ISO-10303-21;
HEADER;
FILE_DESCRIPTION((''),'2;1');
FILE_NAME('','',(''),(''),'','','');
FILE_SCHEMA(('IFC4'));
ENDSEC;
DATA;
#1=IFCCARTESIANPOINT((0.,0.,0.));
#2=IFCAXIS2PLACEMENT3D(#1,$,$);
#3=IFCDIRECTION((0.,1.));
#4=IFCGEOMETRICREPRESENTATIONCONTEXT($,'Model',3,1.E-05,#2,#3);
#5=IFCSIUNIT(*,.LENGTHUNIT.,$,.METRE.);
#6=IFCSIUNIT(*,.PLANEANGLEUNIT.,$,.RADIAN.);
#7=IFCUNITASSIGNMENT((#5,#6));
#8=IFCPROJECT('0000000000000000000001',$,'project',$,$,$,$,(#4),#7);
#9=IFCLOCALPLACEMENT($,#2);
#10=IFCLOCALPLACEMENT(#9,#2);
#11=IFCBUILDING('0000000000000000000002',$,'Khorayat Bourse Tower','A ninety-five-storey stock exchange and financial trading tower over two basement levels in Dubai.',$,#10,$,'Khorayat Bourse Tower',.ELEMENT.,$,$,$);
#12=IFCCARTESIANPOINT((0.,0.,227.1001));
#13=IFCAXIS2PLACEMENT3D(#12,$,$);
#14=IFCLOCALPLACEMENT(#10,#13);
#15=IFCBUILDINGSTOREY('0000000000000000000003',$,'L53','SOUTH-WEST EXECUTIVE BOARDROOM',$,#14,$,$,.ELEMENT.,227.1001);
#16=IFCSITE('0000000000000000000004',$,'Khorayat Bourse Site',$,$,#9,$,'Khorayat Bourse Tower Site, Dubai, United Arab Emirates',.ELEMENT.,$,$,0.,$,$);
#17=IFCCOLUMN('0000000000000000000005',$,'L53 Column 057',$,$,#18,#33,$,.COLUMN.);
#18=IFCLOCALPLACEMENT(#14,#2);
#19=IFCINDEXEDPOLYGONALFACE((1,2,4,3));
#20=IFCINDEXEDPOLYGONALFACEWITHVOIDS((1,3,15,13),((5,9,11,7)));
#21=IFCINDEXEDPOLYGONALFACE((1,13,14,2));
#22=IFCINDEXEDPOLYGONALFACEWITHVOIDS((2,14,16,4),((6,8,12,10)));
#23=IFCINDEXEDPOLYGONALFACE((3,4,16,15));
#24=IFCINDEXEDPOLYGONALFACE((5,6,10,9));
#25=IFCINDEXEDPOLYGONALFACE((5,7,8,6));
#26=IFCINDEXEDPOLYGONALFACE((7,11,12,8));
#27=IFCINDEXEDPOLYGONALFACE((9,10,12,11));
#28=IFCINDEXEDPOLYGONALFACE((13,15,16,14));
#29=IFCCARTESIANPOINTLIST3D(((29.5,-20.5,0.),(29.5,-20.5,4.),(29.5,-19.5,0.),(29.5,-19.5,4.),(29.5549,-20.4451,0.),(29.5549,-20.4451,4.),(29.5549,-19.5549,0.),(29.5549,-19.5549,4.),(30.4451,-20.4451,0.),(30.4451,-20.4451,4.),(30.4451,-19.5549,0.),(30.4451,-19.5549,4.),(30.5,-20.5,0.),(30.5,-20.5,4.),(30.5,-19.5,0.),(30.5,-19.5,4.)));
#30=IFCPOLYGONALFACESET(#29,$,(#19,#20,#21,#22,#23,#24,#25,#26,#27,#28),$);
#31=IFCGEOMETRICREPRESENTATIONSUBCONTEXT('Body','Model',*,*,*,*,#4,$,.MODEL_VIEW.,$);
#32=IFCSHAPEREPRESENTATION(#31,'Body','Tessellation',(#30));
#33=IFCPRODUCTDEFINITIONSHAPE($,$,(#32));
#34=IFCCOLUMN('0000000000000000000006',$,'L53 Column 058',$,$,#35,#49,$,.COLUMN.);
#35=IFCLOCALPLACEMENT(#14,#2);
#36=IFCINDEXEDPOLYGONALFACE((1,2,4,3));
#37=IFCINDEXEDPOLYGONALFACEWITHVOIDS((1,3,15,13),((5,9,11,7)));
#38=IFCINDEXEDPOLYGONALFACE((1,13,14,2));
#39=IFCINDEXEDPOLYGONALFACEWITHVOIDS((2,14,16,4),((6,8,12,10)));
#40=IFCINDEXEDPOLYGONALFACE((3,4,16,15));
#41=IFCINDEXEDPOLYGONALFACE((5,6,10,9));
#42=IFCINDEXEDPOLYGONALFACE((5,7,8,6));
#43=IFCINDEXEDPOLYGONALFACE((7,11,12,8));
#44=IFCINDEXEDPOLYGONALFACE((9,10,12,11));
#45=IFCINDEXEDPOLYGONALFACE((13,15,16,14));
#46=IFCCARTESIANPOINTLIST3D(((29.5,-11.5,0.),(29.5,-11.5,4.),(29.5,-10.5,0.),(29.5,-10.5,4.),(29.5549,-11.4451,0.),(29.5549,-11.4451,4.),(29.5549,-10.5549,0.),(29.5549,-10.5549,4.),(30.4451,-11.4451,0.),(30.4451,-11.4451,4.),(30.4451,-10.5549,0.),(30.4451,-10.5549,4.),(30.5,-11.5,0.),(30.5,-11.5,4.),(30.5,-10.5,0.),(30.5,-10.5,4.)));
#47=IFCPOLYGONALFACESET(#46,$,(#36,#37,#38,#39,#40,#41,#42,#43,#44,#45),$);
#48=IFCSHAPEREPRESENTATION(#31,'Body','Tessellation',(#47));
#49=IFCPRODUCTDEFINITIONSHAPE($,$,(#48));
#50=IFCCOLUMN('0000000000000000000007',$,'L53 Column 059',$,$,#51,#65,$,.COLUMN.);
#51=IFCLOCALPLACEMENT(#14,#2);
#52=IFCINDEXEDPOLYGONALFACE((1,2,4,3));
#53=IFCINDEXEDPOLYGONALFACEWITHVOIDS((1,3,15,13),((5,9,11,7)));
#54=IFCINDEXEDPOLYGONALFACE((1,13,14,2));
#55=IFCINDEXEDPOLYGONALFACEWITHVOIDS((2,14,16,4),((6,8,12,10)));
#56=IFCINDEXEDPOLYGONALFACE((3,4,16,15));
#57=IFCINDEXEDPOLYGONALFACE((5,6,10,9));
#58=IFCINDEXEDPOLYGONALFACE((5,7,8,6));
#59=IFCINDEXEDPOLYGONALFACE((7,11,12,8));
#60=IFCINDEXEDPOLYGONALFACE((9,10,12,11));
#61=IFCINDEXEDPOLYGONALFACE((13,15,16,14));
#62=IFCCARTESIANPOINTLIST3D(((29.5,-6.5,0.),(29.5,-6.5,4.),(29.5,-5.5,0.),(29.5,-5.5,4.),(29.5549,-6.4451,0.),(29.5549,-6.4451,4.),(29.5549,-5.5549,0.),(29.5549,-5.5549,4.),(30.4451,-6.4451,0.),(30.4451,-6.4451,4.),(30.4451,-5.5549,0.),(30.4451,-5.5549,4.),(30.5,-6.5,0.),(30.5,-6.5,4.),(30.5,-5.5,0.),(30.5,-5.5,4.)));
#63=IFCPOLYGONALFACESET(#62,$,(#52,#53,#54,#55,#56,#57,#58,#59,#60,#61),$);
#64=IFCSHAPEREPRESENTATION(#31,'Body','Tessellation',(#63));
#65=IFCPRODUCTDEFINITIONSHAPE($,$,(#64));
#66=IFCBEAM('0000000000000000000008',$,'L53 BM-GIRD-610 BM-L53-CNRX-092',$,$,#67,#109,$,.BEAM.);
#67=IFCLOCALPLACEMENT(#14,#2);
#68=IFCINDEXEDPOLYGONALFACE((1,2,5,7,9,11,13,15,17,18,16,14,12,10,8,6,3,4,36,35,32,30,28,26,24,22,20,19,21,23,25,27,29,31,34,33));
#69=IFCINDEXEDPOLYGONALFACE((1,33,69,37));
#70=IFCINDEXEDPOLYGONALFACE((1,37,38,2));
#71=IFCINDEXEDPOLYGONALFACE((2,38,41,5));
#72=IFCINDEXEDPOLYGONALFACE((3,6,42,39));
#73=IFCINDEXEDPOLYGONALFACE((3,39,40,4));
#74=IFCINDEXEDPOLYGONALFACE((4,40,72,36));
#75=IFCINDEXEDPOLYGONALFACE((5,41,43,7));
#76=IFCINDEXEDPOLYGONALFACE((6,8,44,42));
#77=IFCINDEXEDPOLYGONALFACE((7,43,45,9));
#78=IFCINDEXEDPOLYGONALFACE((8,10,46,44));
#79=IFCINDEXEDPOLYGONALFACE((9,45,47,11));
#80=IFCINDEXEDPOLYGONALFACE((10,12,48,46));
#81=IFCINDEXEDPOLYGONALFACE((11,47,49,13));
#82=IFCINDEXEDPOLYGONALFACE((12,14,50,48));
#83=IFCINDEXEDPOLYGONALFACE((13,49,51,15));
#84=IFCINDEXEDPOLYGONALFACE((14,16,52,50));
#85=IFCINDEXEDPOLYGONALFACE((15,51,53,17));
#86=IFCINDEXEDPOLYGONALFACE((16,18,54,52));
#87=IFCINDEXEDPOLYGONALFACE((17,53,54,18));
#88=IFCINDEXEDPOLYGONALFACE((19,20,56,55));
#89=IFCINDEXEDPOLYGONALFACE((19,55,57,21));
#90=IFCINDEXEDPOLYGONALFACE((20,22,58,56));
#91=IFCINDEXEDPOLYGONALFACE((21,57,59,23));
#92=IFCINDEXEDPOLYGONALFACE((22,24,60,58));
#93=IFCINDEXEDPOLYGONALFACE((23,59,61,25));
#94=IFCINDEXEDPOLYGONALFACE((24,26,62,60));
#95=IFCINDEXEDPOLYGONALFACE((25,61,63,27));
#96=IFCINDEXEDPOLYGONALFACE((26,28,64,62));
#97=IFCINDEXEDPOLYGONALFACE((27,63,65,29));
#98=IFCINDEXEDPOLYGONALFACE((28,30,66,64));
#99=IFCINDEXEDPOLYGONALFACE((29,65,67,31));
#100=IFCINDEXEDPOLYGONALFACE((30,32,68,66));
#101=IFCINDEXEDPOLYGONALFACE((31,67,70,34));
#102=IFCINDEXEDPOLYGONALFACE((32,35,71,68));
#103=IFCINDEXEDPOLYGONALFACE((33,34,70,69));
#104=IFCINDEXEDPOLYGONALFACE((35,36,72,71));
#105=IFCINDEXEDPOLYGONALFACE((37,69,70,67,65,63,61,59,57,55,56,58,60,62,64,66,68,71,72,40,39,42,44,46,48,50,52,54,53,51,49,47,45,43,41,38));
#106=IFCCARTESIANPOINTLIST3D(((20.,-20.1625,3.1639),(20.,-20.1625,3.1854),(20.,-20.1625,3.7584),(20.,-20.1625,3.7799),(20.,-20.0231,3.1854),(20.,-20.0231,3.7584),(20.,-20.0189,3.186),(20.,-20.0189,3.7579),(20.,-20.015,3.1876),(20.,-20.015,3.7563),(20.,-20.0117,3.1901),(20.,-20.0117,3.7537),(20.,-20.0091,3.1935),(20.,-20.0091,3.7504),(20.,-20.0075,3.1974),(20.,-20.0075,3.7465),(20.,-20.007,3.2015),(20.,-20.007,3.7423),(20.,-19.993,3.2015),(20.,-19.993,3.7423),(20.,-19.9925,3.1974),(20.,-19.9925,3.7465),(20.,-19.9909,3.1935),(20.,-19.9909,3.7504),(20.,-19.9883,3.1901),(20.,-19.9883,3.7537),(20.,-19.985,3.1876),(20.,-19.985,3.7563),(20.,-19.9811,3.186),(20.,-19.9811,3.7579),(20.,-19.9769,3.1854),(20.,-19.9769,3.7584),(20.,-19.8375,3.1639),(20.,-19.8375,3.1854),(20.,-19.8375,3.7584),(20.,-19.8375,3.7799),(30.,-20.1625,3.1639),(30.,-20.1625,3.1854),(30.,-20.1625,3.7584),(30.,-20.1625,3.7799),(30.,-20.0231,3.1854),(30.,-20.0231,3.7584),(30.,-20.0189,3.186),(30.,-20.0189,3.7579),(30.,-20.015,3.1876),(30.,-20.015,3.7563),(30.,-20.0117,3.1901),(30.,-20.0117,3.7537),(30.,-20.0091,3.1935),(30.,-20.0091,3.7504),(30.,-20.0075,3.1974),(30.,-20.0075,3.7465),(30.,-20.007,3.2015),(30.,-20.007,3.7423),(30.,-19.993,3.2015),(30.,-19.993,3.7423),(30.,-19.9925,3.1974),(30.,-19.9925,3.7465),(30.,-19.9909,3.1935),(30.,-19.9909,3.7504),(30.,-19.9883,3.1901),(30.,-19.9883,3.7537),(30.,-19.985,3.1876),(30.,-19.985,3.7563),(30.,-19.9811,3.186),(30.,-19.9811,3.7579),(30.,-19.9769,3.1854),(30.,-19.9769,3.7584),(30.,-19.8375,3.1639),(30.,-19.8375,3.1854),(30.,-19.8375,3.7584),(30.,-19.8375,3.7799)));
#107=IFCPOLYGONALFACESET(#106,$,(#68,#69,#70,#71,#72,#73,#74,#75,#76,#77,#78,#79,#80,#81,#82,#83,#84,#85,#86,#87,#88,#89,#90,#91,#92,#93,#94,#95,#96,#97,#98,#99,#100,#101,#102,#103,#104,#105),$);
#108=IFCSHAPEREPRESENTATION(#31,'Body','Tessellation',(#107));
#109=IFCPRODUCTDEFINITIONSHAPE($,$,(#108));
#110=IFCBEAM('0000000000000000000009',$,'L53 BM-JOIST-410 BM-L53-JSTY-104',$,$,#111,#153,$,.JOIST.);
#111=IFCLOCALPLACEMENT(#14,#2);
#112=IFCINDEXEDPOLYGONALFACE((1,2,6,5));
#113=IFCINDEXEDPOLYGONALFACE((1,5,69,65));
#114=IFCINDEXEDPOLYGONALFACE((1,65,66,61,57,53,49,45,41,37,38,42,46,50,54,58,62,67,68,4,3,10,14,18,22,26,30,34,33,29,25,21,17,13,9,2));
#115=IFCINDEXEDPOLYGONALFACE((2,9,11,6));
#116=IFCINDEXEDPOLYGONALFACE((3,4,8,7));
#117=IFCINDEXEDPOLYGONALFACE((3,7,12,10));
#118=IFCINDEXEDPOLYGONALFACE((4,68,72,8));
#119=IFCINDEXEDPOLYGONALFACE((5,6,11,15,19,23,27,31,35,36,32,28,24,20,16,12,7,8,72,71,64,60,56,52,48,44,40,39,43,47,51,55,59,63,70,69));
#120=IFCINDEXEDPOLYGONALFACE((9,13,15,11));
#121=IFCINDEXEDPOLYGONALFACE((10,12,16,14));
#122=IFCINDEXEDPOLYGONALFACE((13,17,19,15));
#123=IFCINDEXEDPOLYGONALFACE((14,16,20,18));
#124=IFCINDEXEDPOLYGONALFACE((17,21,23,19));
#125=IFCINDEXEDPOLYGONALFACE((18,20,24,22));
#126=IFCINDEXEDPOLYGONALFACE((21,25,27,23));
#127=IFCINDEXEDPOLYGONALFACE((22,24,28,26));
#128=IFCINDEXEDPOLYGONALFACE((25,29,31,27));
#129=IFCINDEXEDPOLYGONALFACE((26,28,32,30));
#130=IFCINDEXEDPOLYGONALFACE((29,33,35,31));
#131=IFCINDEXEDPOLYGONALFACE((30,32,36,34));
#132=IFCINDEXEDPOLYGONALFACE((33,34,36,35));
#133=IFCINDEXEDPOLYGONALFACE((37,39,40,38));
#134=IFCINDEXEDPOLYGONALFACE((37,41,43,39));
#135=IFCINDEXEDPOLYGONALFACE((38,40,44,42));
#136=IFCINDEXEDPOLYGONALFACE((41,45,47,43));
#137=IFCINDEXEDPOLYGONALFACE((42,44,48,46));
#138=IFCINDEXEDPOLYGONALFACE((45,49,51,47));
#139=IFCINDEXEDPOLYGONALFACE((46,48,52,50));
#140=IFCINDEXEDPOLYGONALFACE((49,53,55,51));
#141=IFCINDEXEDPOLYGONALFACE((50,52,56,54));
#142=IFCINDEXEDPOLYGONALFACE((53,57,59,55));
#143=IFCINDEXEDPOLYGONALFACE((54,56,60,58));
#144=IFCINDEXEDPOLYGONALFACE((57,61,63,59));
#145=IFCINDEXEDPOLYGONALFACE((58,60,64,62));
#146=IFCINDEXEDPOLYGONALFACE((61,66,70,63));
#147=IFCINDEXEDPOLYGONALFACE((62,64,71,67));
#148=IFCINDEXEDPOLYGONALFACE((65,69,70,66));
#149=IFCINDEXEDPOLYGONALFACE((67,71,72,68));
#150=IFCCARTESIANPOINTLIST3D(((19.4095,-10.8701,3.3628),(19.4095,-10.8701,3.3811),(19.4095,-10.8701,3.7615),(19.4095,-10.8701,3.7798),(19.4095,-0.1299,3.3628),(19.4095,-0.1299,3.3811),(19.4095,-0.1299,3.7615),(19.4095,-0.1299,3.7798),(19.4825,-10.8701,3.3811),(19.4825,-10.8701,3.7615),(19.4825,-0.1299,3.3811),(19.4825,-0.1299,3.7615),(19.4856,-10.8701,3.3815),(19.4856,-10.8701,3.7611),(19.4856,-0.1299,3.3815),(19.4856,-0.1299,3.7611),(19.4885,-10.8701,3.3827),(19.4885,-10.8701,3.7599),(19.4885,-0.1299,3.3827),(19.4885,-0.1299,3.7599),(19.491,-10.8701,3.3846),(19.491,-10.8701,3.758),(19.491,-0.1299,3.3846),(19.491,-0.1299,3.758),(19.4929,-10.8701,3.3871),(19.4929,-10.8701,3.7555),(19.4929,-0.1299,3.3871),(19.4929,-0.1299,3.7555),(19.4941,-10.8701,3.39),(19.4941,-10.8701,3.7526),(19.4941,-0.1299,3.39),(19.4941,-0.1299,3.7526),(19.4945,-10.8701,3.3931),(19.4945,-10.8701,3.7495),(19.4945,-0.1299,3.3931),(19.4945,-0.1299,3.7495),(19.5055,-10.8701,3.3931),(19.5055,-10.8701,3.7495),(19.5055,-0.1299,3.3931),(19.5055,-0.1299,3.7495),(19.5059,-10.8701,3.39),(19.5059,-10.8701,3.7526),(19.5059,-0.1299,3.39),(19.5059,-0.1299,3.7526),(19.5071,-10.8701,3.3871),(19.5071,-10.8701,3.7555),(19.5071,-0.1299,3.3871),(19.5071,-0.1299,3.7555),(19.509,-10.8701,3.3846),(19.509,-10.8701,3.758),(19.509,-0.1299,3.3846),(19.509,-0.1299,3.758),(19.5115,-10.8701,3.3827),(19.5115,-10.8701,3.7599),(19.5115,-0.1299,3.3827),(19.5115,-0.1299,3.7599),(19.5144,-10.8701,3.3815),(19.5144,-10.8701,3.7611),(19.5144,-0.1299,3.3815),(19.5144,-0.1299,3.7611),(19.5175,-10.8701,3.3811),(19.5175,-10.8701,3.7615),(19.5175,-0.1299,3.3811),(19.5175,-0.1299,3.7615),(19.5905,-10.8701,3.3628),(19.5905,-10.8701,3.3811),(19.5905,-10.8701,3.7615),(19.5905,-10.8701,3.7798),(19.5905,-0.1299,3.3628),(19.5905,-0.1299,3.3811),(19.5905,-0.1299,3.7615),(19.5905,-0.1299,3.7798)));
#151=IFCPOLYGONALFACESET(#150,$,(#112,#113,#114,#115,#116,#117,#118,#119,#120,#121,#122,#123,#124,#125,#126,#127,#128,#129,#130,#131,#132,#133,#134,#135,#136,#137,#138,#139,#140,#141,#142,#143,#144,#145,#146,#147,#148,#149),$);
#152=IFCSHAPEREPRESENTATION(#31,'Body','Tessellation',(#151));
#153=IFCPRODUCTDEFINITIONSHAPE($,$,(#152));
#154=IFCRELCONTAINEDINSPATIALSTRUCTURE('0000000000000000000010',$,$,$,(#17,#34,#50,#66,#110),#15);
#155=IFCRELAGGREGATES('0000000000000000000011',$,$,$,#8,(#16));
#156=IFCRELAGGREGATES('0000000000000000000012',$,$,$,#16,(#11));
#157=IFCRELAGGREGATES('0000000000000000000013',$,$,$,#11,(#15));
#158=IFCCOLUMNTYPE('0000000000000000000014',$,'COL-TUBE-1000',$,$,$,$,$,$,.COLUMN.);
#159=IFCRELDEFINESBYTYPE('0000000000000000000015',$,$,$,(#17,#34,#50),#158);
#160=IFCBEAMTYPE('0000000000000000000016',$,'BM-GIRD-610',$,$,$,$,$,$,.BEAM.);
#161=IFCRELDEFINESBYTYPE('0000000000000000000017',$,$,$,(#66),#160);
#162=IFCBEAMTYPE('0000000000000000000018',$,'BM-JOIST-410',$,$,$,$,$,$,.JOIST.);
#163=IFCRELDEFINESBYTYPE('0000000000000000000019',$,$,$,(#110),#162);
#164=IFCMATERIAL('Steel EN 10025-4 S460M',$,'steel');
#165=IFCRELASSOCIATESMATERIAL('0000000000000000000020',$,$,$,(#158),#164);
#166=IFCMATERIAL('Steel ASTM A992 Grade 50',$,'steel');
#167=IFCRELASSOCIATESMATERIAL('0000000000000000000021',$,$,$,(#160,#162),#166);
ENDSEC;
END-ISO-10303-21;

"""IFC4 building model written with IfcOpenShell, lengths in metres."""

from ifc_helpers import new_model, si_unit, direction, frame, origin, origin_2d, place, context, subcontext, project, spatial, hollow_rectangle, i_section, extrude, source, transform, mapped, material, material_profile, profile_set, type_object, element, save


model = new_model("IFC4")

# Units and contexts
model_context = context("Model", 3, precision=1e-05, world=origin(), true_north=direction((0.0, 1.0)))
body_context = subcontext(model_context, "Body", "Model", "MODEL_VIEW")
ifc_project = project(units=[si_unit("LENGTHUNIT", "METRE"), si_unit("PLANEANGLEUNIT", "RADIAN")], contexts=[model_context])

# Site, building, storey
site_placement = place(None, origin())
site = spatial("IfcSite", under=ifc_project, at=site_placement, Name="Khorayat Bourse Site", LongName="Khorayat Bourse Tower Site, Dubai, United Arab Emirates", CompositionType="ELEMENT", RefElevation=0.0)
building_placement = place(site_placement, origin())
building = spatial("IfcBuilding", under=site, at=building_placement, Name="Khorayat Bourse Tower", Description="A ninety-five-storey stock exchange and financial trading tower over two basement levels in Dubai.", LongName="Khorayat Bourse Tower", CompositionType="ELEMENT")
storey_placement = place(building_placement, frame((0.0, 0.0, 227.1001)))
storey = spatial("IfcBuildingStorey", under=building, at=storey_placement, Name="L53", Description="SOUTH-WEST EXECUTIVE BOARDROOM", CompositionType="ELEMENT", Elevation=227.1001)

# Columns
ifc_material_1 = material(Name="Steel EN 10025-4 S460M", Category="steel")
ifc_material_profile_1 = material_profile(ifc_material_1, hollow_rectangle(XDim=1.0, YDim=1.0, WallThickness=0.0549, at=origin_2d()), Name="BOX 1000x1000x55")
ifc_profile_set_1 = profile_set([ifc_material_profile_1], Name="Steel EN 10025-4 S460M")
column_type = type_object("IfcColumnType", Name="COL-TUBE-1000", PredefinedType="COLUMN", material=ifc_profile_set_1)
shared_shape_1 = source(origin(), body_context, "Body", "SweptSolid", [
    extrude(hollow_rectangle(XDim=1.0, YDim=1.0, WallThickness=0.0549, at=origin_2d()), origin(), (0.0, 0.0, 1.0), 4.0),
])
for number, where, z_axis, x_axis, name in (
    (1, (30.0, -20.0, 0.0), (0.0, 0.0, 1.0), (1.0, 0.0, 0.0), "L53 Column 057"),
    (2, (30.0, -11.0, 0.0), (0.0, 0.0, 1.0), (1.0, 0.0, 0.0), "L53 Column 058"),
    (3, (30.0, -6.0, 0.0), (0.0, 0.0, 1.0), (1.0, 0.0, 0.0), "L53 Column 059"),
):
    element("IfcColumn", number, at=place(storey_placement, frame(where, z_axis=z_axis, x_axis=x_axis)), inside=storey, type_object=column_type, Name=name, PredefinedType="COLUMN", context=body_context, shape_type="MappedRepresentation", body=[
        mapped(shared_shape_1, transform((0.0, 0.0, 0.0), scale=1.0)),
    ])

# Beams
ifc_material_2 = material(Name="Steel ASTM A992 Grade 50", Category="steel")
ifc_material_profile_2 = material_profile(ifc_material_2, i_section(OverallWidth=0.325, OverallDepth=0.616, WebThickness=0.0139, FlangeThickness=0.0215, FilletRadius=0.0161, at=origin_2d()), Name="W610X174")
ifc_profile_set_2 = profile_set([ifc_material_profile_2], Name="Steel ASTM A992 Grade 50")
beam_type_1 = type_object("IfcBeamType", Name="BM-GIRD-610", PredefinedType="BEAM", material=ifc_profile_set_2)
shared_shape_2 = source(origin(), body_context, "Body", "SweptSolid", [
    extrude(i_section(OverallWidth=0.325, OverallDepth=0.616, WebThickness=0.0139, FlangeThickness=0.0215, FilletRadius=0.0161, at=origin_2d()), origin(), (0.0, 0.0, 1.0), 10.0),
])
beam_1_placement = place(storey_placement, frame((20.0, -20.0, 3.4719), z_axis=(1.0, 0.0, 0.0), x_axis=(0.0, 1.0, 0.0)))
element("IfcBeam", 4, at=beam_1_placement, inside=storey, type_object=beam_type_1, Name="L53 BM-GIRD-610 BM-L53-CNRX-092", PredefinedType="BEAM", context=body_context, shape_type="MappedRepresentation", body=[
    mapped(shared_shape_2, transform((0.0, 0.0, 0.0), scale=1.0)),
])
ifc_material_profile_3 = material_profile(ifc_material_2, i_section(OverallWidth=0.1809, OverallDepth=0.417, WebThickness=0.011, FlangeThickness=0.0183, FilletRadius=0.012, at=origin_2d()), Name="W410X85")
ifc_profile_set_3 = profile_set([ifc_material_profile_3], Name="Steel ASTM A992 Grade 50")
beam_type_2 = type_object("IfcBeamType", Name="BM-JOIST-410", PredefinedType="JOIST", material=ifc_profile_set_3)
shared_shape_3 = source(origin(), body_context, "Body", "SweptSolid", [
    extrude(i_section(OverallWidth=0.1809, OverallDepth=0.417, WebThickness=0.011, FlangeThickness=0.0183, FilletRadius=0.012, at=origin_2d()), origin(), (0.0, 0.0, 1.0), 10.7402),
])
beam_2_placement = place(storey_placement, frame((19.5, -10.8701, 3.5713), z_axis=(0.0, 1.0, 0.0), x_axis=(-1.0, 0.0, 0.0)))
element("IfcBeam", 5, at=beam_2_placement, inside=storey, type_object=beam_type_2, Name="L53 BM-JOIST-410 BM-L53-JSTY-104", PredefinedType="JOIST", context=body_context, shape_type="MappedRepresentation", body=[
    mapped(shared_shape_3, transform((0.0, 0.0, 0.0), scale=1.0)),
])

save(model, "model.ifc")
